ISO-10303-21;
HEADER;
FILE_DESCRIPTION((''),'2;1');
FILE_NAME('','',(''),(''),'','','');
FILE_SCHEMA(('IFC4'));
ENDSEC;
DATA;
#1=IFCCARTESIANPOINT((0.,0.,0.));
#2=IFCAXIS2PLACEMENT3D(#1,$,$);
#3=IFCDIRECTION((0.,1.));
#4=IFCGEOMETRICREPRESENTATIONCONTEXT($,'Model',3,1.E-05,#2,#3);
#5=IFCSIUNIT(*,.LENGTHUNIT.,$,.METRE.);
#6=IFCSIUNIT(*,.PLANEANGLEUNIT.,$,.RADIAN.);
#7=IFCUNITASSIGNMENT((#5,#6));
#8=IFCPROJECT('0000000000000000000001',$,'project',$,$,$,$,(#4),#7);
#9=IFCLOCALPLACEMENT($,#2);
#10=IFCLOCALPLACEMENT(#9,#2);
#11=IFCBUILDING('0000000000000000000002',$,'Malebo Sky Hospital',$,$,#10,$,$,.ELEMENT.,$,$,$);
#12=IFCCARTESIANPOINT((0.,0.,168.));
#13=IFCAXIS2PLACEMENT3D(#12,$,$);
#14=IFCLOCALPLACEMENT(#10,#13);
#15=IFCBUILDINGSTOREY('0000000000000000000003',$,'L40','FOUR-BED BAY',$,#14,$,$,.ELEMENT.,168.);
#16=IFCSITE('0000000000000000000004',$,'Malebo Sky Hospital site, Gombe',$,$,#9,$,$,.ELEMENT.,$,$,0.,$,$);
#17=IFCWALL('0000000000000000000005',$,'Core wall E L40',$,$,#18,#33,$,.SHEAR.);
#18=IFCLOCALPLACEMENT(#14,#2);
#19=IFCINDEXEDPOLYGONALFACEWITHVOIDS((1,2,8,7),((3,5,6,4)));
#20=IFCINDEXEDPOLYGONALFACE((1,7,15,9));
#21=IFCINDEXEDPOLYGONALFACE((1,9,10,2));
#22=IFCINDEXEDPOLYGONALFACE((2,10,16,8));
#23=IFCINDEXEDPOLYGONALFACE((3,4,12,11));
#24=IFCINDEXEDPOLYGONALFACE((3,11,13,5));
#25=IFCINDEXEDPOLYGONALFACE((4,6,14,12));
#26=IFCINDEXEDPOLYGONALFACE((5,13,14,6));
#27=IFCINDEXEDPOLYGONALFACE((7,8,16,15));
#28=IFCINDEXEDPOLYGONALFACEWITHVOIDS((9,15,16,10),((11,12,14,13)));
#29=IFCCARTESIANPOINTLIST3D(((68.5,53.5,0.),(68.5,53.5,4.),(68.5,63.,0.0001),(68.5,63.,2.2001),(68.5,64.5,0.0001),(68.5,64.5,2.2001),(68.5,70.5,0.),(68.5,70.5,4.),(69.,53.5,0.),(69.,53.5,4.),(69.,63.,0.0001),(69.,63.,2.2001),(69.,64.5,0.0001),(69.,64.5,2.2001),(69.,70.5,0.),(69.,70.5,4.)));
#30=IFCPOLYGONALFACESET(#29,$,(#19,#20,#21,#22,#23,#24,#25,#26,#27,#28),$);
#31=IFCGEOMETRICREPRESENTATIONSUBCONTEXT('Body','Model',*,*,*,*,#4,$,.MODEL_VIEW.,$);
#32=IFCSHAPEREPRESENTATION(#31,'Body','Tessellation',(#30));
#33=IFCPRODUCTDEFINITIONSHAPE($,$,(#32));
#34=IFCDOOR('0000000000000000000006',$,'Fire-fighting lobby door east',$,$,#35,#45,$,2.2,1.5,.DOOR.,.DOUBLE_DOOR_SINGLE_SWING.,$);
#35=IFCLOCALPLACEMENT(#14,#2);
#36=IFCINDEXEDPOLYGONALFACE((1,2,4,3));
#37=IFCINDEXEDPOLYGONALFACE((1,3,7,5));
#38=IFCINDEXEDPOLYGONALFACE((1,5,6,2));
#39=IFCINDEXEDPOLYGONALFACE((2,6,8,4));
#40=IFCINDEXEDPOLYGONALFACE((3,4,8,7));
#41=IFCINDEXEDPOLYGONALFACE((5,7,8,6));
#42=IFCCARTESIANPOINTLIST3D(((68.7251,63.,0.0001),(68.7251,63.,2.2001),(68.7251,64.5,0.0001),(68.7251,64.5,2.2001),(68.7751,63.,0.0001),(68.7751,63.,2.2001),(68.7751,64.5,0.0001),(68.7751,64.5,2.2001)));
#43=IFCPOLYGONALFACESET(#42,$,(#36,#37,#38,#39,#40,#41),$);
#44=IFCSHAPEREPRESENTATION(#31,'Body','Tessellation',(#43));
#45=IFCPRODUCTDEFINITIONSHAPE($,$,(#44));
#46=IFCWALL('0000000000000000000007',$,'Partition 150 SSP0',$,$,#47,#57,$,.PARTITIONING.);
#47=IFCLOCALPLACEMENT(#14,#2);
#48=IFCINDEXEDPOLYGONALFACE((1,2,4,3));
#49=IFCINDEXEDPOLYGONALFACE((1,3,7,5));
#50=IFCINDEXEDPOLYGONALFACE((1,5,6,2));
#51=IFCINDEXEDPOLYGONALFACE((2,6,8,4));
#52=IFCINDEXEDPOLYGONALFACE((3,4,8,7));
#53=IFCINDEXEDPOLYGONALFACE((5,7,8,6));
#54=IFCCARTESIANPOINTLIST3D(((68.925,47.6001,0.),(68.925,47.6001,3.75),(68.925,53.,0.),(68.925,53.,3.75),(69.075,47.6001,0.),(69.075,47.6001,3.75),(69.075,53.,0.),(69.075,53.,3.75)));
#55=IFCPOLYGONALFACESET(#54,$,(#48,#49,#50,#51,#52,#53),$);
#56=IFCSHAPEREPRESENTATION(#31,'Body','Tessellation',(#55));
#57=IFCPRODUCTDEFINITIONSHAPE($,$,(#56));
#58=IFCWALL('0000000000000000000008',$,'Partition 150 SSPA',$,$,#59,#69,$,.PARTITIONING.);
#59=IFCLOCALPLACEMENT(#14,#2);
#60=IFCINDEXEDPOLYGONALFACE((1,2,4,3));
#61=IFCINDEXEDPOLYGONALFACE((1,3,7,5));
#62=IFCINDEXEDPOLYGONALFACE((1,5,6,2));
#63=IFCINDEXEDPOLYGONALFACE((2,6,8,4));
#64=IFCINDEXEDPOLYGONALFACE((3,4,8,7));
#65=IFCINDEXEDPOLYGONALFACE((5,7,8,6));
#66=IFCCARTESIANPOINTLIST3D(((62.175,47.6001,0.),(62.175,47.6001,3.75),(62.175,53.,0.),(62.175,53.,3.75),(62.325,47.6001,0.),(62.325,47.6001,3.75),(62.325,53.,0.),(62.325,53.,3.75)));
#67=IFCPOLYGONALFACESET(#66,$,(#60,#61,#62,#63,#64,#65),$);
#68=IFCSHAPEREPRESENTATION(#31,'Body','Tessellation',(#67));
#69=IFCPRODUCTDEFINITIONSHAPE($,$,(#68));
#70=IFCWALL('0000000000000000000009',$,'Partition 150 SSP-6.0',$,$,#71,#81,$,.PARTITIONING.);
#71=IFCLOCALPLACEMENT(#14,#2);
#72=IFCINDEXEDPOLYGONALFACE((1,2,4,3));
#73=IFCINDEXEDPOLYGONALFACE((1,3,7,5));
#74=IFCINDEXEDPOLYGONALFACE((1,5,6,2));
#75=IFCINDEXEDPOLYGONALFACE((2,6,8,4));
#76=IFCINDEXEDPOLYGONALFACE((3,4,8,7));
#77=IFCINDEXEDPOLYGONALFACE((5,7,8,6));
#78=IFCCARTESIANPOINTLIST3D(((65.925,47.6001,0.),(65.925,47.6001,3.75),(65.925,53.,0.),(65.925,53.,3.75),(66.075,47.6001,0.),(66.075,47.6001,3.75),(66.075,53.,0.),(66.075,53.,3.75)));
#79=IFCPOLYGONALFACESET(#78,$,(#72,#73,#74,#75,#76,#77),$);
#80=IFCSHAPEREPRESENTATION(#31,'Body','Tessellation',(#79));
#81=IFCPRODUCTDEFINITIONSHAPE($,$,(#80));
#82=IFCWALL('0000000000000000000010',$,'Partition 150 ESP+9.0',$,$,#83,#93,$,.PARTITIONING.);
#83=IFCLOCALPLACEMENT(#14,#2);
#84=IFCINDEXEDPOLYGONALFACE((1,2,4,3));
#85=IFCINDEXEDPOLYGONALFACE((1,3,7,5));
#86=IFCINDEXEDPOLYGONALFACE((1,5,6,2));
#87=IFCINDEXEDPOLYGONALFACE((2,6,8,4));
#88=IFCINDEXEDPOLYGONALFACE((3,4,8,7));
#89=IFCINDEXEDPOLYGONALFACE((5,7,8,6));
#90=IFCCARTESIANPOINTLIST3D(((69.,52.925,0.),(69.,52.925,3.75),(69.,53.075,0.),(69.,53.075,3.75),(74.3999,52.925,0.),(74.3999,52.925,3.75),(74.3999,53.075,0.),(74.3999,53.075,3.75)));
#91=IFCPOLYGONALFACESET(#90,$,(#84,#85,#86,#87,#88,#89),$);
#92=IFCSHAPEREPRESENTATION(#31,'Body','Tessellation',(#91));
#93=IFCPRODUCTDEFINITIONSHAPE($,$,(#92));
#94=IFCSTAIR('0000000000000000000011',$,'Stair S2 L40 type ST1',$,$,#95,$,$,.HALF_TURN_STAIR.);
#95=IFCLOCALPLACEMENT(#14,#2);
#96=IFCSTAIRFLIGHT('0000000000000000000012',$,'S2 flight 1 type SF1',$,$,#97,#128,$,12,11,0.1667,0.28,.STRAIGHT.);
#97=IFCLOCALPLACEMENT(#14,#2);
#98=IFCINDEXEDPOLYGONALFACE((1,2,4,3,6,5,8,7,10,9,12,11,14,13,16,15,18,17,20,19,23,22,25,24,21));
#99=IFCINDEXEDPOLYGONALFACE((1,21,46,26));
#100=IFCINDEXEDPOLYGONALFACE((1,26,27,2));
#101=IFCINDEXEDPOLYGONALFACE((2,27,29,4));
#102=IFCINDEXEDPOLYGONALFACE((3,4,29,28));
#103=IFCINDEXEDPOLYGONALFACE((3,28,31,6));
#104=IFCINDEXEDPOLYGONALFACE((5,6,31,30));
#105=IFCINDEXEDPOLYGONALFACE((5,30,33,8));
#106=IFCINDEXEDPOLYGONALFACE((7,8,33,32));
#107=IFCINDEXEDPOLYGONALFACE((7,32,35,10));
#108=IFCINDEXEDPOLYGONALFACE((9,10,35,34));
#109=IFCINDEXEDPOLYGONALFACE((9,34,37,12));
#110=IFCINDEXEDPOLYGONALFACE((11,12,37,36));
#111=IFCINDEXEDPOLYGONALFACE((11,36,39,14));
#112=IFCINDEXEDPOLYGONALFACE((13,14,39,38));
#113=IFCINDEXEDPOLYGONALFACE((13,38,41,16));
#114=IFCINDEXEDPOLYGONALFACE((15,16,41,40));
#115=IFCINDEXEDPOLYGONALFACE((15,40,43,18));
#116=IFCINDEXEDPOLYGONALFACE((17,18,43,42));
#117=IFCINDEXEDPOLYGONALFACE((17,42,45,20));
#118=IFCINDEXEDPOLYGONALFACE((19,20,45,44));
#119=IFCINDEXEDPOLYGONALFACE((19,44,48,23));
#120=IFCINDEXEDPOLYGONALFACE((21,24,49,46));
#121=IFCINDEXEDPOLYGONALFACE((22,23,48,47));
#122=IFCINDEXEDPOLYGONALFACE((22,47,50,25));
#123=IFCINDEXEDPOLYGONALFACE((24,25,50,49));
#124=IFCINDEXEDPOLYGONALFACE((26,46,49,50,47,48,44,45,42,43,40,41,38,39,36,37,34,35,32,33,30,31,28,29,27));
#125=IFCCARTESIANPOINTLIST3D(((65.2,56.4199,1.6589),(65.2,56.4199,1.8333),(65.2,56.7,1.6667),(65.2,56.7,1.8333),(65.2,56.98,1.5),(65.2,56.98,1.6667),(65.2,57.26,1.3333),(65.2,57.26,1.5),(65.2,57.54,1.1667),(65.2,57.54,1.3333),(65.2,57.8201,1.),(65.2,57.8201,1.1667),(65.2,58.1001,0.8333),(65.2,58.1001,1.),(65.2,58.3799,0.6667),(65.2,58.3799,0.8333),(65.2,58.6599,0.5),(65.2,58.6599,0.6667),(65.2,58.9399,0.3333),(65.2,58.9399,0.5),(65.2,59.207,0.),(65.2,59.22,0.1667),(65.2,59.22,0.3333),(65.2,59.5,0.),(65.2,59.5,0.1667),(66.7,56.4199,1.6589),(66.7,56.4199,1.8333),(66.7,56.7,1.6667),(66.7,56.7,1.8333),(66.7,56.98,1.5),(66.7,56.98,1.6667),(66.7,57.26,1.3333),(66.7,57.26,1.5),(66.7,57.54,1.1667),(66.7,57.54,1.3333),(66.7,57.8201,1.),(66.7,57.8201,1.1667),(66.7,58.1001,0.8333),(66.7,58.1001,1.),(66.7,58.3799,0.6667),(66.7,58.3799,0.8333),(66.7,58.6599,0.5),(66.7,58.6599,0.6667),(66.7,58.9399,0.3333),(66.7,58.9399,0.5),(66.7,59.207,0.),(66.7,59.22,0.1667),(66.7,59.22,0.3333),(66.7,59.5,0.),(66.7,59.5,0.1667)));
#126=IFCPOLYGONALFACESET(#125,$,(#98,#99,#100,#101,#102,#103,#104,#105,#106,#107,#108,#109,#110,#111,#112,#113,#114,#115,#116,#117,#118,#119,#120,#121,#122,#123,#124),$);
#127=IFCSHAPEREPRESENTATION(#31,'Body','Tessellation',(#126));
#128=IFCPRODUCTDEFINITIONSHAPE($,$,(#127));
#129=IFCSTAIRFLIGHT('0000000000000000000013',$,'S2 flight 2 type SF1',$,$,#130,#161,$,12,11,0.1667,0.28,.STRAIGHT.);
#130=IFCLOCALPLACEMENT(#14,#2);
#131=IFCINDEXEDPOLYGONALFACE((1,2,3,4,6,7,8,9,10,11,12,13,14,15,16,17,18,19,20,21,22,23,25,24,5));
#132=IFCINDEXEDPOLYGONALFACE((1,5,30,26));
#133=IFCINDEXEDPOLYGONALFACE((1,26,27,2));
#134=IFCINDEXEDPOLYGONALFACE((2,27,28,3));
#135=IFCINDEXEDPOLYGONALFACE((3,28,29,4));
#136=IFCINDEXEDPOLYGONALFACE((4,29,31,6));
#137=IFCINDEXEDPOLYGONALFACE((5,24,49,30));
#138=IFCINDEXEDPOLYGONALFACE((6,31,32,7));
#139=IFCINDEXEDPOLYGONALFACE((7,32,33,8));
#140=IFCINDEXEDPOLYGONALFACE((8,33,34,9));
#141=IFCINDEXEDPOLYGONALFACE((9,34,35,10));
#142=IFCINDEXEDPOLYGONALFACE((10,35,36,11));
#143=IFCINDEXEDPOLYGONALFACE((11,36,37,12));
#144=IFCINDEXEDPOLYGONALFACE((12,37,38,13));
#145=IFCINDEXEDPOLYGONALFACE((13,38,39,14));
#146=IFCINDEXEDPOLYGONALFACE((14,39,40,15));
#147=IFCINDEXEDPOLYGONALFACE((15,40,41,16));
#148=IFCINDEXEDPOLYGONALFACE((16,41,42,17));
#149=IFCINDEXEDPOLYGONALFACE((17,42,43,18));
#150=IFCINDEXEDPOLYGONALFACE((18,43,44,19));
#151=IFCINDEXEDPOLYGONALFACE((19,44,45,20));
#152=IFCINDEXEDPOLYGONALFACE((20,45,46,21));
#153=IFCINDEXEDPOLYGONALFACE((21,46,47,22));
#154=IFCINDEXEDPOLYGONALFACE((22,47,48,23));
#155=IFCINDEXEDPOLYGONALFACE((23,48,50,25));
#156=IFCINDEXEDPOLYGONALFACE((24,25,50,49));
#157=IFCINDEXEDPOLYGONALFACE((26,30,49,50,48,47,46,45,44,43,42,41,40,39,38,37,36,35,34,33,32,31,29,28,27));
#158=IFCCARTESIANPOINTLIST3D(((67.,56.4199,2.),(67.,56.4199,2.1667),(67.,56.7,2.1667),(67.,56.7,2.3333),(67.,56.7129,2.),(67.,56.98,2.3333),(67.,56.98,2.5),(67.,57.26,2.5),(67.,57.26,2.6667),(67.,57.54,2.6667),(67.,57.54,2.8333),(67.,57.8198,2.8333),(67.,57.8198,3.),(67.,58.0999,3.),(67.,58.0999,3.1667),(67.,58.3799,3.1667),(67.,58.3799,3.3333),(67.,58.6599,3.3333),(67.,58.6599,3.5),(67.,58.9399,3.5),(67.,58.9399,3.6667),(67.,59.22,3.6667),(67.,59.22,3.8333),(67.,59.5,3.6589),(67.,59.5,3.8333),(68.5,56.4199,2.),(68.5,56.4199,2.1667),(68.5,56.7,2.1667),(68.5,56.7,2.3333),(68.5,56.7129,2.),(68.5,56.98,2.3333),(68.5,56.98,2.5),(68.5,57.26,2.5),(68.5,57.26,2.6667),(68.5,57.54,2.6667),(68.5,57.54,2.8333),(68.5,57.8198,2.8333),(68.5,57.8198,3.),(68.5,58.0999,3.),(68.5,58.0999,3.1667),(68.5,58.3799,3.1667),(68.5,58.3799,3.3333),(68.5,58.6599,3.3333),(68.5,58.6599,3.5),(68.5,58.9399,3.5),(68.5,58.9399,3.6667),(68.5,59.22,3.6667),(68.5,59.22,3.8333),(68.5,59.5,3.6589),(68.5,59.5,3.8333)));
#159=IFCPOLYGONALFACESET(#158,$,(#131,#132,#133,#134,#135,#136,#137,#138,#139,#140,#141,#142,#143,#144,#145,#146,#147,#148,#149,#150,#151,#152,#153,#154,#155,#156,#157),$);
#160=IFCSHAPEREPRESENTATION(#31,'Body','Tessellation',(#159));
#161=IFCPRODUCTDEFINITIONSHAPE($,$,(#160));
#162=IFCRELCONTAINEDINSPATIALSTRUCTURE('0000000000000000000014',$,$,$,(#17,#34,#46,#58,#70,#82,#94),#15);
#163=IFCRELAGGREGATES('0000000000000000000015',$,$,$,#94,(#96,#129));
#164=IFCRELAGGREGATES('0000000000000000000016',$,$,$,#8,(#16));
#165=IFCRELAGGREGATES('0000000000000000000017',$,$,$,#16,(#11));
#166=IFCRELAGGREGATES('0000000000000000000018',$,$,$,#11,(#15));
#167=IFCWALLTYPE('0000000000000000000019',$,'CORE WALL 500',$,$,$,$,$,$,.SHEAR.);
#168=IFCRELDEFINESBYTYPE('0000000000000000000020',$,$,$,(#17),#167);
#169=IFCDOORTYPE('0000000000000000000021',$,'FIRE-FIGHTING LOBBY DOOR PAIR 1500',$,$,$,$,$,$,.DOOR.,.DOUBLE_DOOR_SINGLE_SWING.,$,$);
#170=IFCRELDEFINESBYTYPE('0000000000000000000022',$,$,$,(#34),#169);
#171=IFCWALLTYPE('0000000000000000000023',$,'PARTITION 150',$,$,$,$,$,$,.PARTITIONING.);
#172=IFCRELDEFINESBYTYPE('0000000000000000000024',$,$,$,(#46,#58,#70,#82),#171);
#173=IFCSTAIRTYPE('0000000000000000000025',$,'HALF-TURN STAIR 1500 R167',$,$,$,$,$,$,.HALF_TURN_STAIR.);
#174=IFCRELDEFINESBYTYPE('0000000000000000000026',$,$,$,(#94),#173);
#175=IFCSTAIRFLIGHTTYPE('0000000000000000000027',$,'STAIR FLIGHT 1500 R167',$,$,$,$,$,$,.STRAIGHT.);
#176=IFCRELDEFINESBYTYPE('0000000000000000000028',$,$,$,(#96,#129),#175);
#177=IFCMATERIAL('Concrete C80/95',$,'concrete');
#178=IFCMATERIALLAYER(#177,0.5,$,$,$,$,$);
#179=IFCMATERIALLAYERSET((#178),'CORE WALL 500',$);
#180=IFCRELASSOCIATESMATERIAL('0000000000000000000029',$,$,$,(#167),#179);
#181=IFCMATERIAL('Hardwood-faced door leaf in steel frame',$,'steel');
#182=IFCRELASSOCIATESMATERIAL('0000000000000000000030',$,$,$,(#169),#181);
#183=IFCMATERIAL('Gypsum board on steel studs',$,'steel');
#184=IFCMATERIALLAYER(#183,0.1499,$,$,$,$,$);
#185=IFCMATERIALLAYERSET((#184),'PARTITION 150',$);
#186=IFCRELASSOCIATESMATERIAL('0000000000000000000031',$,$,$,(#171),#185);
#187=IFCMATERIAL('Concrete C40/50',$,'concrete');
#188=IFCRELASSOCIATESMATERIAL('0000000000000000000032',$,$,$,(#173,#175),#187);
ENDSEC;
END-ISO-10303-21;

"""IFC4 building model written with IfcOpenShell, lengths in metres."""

from ifc_helpers import new_model, si_unit, direction, frame, frame_2d, origin, place, context, subcontext, project, spatial, polyline, rectangle, outline, extrude, material, layer, layer_set, type_object, element, fill, aggregate, save


model = new_model("IFC4")

# Units and contexts
model_context = context("Model", 3, precision=1e-05, world=origin(), true_north=direction((0.0, 1.0)))
body_context = subcontext(model_context, "Body", "Model", "MODEL_VIEW")
ifc_project = project(units=[si_unit("LENGTHUNIT", "METRE"), si_unit("PLANEANGLEUNIT", "RADIAN")], contexts=[model_context])

# Site, building, storey
site_placement = place(None, origin())
site = spatial("IfcSite", under=ifc_project, at=site_placement, Name="Malebo Sky Hospital site, Gombe", CompositionType="ELEMENT", RefElevation=0.0)
building_placement = place(site_placement, origin())
building = spatial("IfcBuilding", under=site, at=building_placement, Name="Malebo Sky Hospital", CompositionType="ELEMENT")
storey_placement = place(building_placement, frame((0.0, 0.0, 168.0)))
storey = spatial("IfcBuildingStorey", under=building, at=storey_placement, Name="L40", Description="FOUR-BED BAY", CompositionType="ELEMENT", Elevation=168.0)

# Shared definitions
ifc_material_1 = material(Name="Concrete C80/95", Category="concrete")

# Wall, opening, door
ifc_material_2 = material(Name="Hardwood-faced door leaf in steel frame", Category="steel")
ifc_layer_1 = layer(ifc_material_1, 0.5)
ifc_layer_set_1 = layer_set([ifc_layer_1], Name="CORE WALL 500")
wall_type_1 = type_object("IfcWallType", Name="CORE WALL 500", PredefinedType="SHEAR", material=ifc_layer_set_1)
wall_1_placement = place(storey_placement, frame((68.75, 53.5, 0.0), z_axis=(0.0, 0.0, 1.0), x_axis=(0.0, 1.0, 0.0)))
wall_1 = element("IfcWall", 1, at=wall_1_placement, inside=storey, type_object=wall_type_1, Name="Core wall E L40", PredefinedType="SHEAR", context=body_context, shape_type="SweptSolid", body=[
    extrude(rectangle(XDim=17.0, YDim=0.5, at=frame_2d((8.5, 0.0))), origin(), (0.0, 0.0, 1.0), 4.0),
])
opening_1_placement = place(wall_1_placement, frame((9.5, 0.0, 0.0)))
opening_1 = element("IfcOpeningElement", 2, at=opening_1_placement, cuts=wall_1, PredefinedType="OPENING", context=body_context, shape_type="SweptSolid", body=[
    extrude(rectangle(XDim=1.5, YDim=2.2, at=frame_2d((0.75, 1.1001))), frame((0.0, 0.26, 0.0), z_axis=(0.0, -1.0, 0.0), x_axis=(1.0, 0.0, 0.0)), (0.0, 0.0, 1.0), 0.52),
])
door_type_1 = type_object("IfcDoorType", Name="FIRE-FIGHTING LOBBY DOOR PAIR 1500", OperationType="DOUBLE_DOOR_SINGLE_SWING", PredefinedType="DOOR", material=ifc_material_2)
door_1_placement = place(opening_1_placement, origin())
door_1 = element("IfcDoor", 3, at=door_1_placement, inside=storey, type_object=door_type_1, Name="Fire-fighting lobby door east", OperationType="DOUBLE_DOOR_SINGLE_SWING", OverallHeight=2.2, OverallWidth=1.5, PredefinedType="DOOR", context=body_context, shape_type="SweptSolid", body=[
    extrude(rectangle(XDim=1.5, YDim=2.2, at=frame_2d((0.75, 1.1001))), frame((0.0, 0.0249, 0.0), z_axis=(0.0, -1.0, 0.0), x_axis=(1.0, 0.0, 0.0)), (0.0, 0.0, 1.0), 0.05),
])
fill(opening_1, door_1)

# Walls
ifc_material_3 = material(Name="Gypsum board on steel studs", Category="steel")
ifc_layer_2 = layer(ifc_material_3, 0.1499)
ifc_layer_set_2 = layer_set([ifc_layer_2], Name="PARTITION 150")
wall_type_2 = type_object("IfcWallType", Name="PARTITION 150", PredefinedType="PARTITIONING", material=ifc_layer_set_2)
for number, where, z_axis, x_axis, name in (
    (4, (69.0, 53.0, 0.0), (0.0, 0.0, 1.0), (0.0, -1.0, 0.0), "Partition 150 SSP0"),
    (5, (62.25, 53.0, 0.0), (0.0, 0.0, 1.0), (0.0, -1.0, 0.0), "Partition 150 SSPA"),
    (6, (66.0, 53.0, 0.0), (0.0, 0.0, 1.0), (0.0, -1.0, 0.0), "Partition 150 SSP-6.0"),
    (7, (69.0, 53.0, 0.0), (0.0, 0.0, 1.0), (1.0, 0.0, 0.0), "Partition 150 ESP+9.0"),
):
    element("IfcWall", number, at=place(storey_placement, frame(where, z_axis=z_axis, x_axis=x_axis)), inside=storey, type_object=wall_type_2, Name=name, PredefinedType="PARTITIONING", context=body_context, shape_type="SweptSolid", body=[
        extrude(rectangle(XDim=5.3999, YDim=0.1499, at=frame_2d((2.7, 0.0))), origin(), (0.0, 0.0, 1.0), 3.75),
    ])

# Stair, stair flights
ifc_material_4 = material(Name="Concrete C40/50", Category="concrete")
stair_type = type_object("IfcStairType", Name="HALF-TURN STAIR 1500 R167", PredefinedType="HALF_TURN_STAIR", material=ifc_material_4)
stair_placement = place(storey_placement, origin())
stair = element("IfcStair", 8, at=stair_placement, inside=storey, type_object=stair_type, Name="Stair S2 L40 type ST1", PredefinedType="HALF_TURN_STAIR")
stair_flight_type = type_object("IfcStairFlightType", Name="STAIR FLIGHT 1500 R167", PredefinedType="STRAIGHT", material=ifc_material_4)
stair_flight_1_placement = place(storey_placement, frame((65.95, 59.5, 0.0), z_axis=(0.0, 0.0, 1.0), x_axis=(0.0, -1.0, 0.0)))
stair_flight_1 = element("IfcStairFlight", 9, at=stair_flight_1_placement, type_object=stair_flight_type, Name="S2 flight 1 type SF1", NumberOfRisers=12, NumberOfTreads=11, PredefinedType="STRAIGHT", RiserHeight=0.1667, TreadLength=0.28, context=body_context, shape_type="SweptSolid", body=[
    extrude(outline(polyline([(0.0, 0.0), (0.0, 0.1667), (0.28, 0.1667), (0.28, 0.3333), (0.5601, 0.3333), (0.5601, 0.5), (0.8401, 0.5), (0.8401, 0.6667), (1.1201, 0.6667), (1.1201, 0.8333), (1.3999, 0.8333), (1.3999, 1.0), (1.6799, 1.0), (1.6799, 1.1667), (1.96, 1.1667), (1.96, 1.3333), (2.24, 1.3333), (2.24, 1.5), (2.52, 1.5), (2.52, 1.6667), (2.8, 1.6667), (2.8, 1.8333), (3.0801, 1.8333), (3.0801, 2.0), (3.0801, 1.6589), (0.293, 0.0), (0.0, 0.0)])), frame((0.0, 0.75, 0.0), z_axis=(0.0, -1.0, 0.0), x_axis=(1.0, 0.0, 0.0)), (0.0, 0.0, 1.0), 1.5),
])
stair_flight_2_placement = place(storey_placement, frame((67.75, 56.4199, 2.0), z_axis=(0.0, 0.0, 1.0), x_axis=(0.0, 1.0, 0.0)))
stair_flight_2 = element("IfcStairFlight", 10, at=stair_flight_2_placement, type_object=stair_flight_type, Name="S2 flight 2 type SF1", NumberOfRisers=12, NumberOfTreads=11, PredefinedType="STRAIGHT", RiserHeight=0.1667, TreadLength=0.28, context=body_context, shape_type="SweptSolid", body=[
    extrude(outline(polyline([(0.0, 0.0), (0.0, 0.1667), (0.28, 0.1667), (0.28, 0.3333), (0.5601, 0.3333), (0.5601, 0.5), (0.8401, 0.5), (0.8401, 0.6667), (1.1201, 0.6667), (1.1201, 0.8333), (1.3999, 0.8333), (1.3999, 1.0), (1.6799, 1.0), (1.6799, 1.1667), (1.96, 1.1667), (1.96, 1.3333), (2.24, 1.3333), (2.24, 1.5), (2.52, 1.5), (2.52, 1.6667), (2.8, 1.6667), (2.8, 1.8333), (3.0801, 1.8333), (3.0801, 2.0), (3.0801, 1.6589), (0.293, 0.0), (0.0, 0.0)])), frame((0.0, 0.75, 0.0), z_axis=(0.0, -1.0, 0.0), x_axis=(1.0, 0.0, 0.0)), (0.0, 0.0, 1.0), 1.5),
])
aggregate(stair, [stair_flight_1, stair_flight_2])

save(model, "model.ifc")
